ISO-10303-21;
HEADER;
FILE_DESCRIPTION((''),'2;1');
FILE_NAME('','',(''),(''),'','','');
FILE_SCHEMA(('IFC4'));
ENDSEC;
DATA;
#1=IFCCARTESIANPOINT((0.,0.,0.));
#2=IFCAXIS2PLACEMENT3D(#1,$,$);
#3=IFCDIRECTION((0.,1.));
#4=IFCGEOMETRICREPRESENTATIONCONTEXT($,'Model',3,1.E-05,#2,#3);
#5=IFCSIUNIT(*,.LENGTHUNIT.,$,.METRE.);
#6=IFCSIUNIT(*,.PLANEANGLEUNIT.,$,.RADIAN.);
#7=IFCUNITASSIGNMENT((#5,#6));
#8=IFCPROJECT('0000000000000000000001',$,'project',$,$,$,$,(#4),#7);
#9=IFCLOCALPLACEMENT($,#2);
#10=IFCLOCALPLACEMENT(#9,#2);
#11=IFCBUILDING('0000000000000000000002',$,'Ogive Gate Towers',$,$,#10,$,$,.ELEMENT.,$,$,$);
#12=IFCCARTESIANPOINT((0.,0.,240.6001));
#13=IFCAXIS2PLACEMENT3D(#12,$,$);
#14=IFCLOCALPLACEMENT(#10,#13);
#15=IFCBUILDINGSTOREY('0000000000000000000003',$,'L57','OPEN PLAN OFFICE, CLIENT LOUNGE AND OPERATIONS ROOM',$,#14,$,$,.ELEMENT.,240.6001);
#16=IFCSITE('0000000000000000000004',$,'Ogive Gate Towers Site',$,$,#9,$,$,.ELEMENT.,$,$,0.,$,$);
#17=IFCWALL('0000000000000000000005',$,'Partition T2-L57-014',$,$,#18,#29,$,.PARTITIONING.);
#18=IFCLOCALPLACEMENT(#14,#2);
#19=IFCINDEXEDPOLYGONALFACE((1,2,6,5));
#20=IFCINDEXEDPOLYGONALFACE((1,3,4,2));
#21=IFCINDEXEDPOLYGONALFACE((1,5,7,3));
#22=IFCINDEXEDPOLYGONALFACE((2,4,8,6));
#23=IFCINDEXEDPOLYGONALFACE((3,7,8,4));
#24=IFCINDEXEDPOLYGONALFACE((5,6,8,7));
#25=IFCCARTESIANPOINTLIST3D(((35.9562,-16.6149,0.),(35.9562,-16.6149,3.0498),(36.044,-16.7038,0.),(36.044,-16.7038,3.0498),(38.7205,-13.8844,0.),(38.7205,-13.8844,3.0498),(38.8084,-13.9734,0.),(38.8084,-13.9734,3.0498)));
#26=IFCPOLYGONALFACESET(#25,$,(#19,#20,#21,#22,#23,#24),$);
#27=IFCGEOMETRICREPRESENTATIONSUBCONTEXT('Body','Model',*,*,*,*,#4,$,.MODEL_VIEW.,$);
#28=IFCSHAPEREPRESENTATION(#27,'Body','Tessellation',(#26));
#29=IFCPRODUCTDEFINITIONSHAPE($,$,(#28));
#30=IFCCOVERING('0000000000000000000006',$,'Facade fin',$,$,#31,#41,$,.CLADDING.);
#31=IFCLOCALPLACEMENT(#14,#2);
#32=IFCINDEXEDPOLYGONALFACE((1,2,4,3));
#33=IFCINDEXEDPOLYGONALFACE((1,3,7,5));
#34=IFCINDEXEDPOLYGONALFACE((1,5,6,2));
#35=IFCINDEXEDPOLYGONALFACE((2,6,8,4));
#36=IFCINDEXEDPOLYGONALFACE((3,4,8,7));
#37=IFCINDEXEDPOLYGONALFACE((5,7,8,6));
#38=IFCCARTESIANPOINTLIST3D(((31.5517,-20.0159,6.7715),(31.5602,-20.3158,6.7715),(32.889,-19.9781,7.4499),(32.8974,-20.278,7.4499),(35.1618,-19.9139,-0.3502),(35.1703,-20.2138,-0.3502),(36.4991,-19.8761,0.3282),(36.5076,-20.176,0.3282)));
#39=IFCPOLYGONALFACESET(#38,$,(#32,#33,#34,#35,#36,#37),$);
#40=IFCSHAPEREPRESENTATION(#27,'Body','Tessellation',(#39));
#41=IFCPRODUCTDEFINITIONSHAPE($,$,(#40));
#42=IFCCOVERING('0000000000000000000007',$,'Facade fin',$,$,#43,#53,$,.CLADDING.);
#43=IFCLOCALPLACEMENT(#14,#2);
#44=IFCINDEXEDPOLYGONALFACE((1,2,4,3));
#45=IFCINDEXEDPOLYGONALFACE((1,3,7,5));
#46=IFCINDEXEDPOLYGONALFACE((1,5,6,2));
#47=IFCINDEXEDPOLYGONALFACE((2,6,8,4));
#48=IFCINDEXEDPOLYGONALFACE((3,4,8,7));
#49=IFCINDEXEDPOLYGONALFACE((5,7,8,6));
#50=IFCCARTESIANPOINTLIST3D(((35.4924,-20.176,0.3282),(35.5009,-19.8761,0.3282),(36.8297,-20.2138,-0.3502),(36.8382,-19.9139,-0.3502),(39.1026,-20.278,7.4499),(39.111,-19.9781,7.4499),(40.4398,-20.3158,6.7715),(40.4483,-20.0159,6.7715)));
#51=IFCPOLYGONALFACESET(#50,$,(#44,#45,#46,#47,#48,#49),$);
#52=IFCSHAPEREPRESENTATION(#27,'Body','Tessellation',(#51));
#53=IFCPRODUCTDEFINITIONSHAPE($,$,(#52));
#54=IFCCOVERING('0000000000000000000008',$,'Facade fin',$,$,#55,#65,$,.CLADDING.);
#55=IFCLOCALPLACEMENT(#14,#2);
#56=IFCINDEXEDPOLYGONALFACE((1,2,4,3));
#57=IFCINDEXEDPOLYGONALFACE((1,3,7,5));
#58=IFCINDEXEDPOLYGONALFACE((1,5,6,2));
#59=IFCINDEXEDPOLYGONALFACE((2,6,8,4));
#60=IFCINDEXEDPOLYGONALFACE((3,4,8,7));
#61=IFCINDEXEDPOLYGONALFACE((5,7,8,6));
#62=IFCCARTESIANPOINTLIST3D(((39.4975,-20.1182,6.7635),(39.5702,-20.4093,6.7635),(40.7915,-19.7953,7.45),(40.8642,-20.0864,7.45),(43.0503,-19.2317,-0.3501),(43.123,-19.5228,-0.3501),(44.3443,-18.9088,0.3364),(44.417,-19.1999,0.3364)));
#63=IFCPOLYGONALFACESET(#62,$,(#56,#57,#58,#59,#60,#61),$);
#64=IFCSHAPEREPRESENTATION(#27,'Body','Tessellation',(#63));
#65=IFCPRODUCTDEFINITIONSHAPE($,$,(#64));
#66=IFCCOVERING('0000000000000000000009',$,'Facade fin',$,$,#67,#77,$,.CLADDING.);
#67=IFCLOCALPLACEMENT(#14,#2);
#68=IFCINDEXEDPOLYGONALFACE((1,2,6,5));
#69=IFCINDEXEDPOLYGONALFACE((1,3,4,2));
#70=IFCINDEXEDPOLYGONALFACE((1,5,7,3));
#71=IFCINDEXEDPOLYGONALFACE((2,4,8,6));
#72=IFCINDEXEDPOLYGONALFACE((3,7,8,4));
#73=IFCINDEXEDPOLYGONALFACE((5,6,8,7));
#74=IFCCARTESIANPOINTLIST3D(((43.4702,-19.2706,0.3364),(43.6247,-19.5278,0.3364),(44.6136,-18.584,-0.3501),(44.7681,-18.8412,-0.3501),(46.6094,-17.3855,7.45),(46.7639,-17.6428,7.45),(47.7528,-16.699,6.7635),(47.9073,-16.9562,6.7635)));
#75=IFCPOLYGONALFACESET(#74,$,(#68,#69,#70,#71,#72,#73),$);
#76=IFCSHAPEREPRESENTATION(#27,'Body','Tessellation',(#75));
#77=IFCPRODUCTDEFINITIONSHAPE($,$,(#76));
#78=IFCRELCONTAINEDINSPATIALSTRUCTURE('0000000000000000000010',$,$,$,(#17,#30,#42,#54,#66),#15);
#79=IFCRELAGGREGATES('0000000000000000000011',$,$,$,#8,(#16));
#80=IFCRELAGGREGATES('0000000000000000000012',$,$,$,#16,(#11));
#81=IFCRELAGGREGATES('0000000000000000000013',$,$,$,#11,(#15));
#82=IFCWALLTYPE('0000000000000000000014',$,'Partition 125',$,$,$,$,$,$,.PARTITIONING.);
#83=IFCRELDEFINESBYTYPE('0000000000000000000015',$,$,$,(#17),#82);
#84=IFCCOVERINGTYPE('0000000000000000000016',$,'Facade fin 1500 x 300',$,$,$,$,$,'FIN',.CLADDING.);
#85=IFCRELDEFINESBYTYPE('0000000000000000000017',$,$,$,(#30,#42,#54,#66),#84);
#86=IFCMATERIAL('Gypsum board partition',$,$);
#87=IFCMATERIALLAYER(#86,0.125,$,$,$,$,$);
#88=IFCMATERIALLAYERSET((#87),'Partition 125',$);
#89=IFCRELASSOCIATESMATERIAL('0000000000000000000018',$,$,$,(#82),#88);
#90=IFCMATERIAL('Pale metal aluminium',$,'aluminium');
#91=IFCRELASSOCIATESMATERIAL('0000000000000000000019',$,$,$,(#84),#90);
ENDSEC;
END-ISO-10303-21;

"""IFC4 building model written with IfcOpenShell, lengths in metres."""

from ifc_helpers import new_model, si_unit, direction, frame, frame_2d, origin, origin_2d, place, context, subcontext, project, spatial, rectangle, extrude, material, layer, layer_set, material_profile, profile_set, type_object, element, save


model = new_model("IFC4")

# Units and contexts
model_context = context("Model", 3, precision=1e-05, world=origin(), true_north=direction((0.0, 1.0)))
body_context = subcontext(model_context, "Body", "Model", "MODEL_VIEW")
ifc_project = project(units=[si_unit("LENGTHUNIT", "METRE"), si_unit("PLANEANGLEUNIT", "RADIAN")], contexts=[model_context])

# Site, building, storey
site_placement = place(None, origin())
site = spatial("IfcSite", under=ifc_project, at=site_placement, Name="Ogive Gate Towers Site", CompositionType="ELEMENT", RefElevation=0.0)
building_placement = place(site_placement, origin())
building = spatial("IfcBuilding", under=site, at=building_placement, Name="Ogive Gate Towers", CompositionType="ELEMENT")
storey_placement = place(building_placement, frame((0.0, 0.0, 240.6001)))
storey = spatial("IfcBuildingStorey", under=building, at=storey_placement, Name="L57", Description="OPEN PLAN OFFICE, CLIENT LOUNGE AND OPERATIONS ROOM", CompositionType="ELEMENT", Elevation=240.6001)

# Shared definitions
ifc_material_1 = material(Name="Pale metal aluminium", Category="aluminium")

# Wall
ifc_material_2 = material(Name="Gypsum board partition")
ifc_layer_1 = layer(ifc_material_2, 0.125)
ifc_layer_set_1 = layer_set([ifc_layer_1], Name="Partition 125")
wall_type = type_object("IfcWallType", Name="Partition 125", PredefinedType="PARTITIONING", material=ifc_layer_set_1)
wall_1_placement = place(storey_placement, frame((36.0, -16.6594, 0.0), z_axis=(0.0, 0.0, 1.0), x_axis=(0.71146, 0.702726, 0.0)))
element("IfcWall", 1, at=wall_1_placement, inside=storey, type_object=wall_type, Name="Partition T2-L57-014", PredefinedType="PARTITIONING", context=body_context, shape_type="SweptSolid", body=[
    extrude(rectangle(XDim=3.8855, YDim=0.125, at=frame_2d((1.9429, 0.0))), origin(), (0.0, 0.0, 1.0), 3.0498),
])

# Coverings
ifc_material_profile_1 = material_profile(ifc_material_1, rectangle(XDim=0.3, YDim=1.5, at=origin_2d()), Name="1500 x 300 pale metal aluminium")
ifc_profile_set_1 = profile_set([ifc_material_profile_1], Name="Pale metal aluminium")
covering_type = type_object("IfcCoveringType", Name="Facade fin 1500 x 300", ElementType="FIN", PredefinedType="CLADDING", material=ifc_profile_set_1)
for number, where, z_axis, x_axis, name in (
    (2, (35.8347, -20.0449, -0.011), (-0.452111, -0.01278, 0.89187), (0.028257, -0.999601, 0.0), "Facade fin"),
    (3, (36.1653, -20.0449, -0.011), (0.452111, -0.01278, 0.89187), (0.028257, 0.999601, 0.0), "Facade fin"),
):
    element("IfcCovering", number, at=place(storey_placement, frame(where, z_axis=z_axis, x_axis=x_axis)), inside=storey, type_object=covering_type, Name=name, PredefinedType="CLADDING", context=body_context, shape_type="SweptSolid", body=[
        extrude(rectangle(XDim=0.3, YDim=1.5, at=origin_2d()), origin(), (0.0, 0.0, 1.0), 7.9851),
    ])
for number, where, z_axis, x_axis, name in (
    (4, (43.7336, -19.2158, -0.0068), (-0.444057, -0.110801, 0.889121), (0.242096, -0.970252, 0.0), "Facade fin"),
    (5, (44.1191, -19.0559, -0.0068), (0.392365, 0.235608, 0.889122), (-0.5148, 0.85731, 0.0), "Facade fin"),
):
    element("IfcCovering", number, at=place(storey_placement, frame(where, z_axis=z_axis, x_axis=x_axis)), inside=storey, type_object=covering_type, Name=name, PredefinedType="CLADDING", context=body_context, shape_type="SweptSolid", body=[
        extrude(rectangle(XDim=0.3, YDim=1.5, at=origin_2d()), origin(), (0.0, 0.0, 1.0), 8.0007),
    ])

save(model, "model.ifc")
